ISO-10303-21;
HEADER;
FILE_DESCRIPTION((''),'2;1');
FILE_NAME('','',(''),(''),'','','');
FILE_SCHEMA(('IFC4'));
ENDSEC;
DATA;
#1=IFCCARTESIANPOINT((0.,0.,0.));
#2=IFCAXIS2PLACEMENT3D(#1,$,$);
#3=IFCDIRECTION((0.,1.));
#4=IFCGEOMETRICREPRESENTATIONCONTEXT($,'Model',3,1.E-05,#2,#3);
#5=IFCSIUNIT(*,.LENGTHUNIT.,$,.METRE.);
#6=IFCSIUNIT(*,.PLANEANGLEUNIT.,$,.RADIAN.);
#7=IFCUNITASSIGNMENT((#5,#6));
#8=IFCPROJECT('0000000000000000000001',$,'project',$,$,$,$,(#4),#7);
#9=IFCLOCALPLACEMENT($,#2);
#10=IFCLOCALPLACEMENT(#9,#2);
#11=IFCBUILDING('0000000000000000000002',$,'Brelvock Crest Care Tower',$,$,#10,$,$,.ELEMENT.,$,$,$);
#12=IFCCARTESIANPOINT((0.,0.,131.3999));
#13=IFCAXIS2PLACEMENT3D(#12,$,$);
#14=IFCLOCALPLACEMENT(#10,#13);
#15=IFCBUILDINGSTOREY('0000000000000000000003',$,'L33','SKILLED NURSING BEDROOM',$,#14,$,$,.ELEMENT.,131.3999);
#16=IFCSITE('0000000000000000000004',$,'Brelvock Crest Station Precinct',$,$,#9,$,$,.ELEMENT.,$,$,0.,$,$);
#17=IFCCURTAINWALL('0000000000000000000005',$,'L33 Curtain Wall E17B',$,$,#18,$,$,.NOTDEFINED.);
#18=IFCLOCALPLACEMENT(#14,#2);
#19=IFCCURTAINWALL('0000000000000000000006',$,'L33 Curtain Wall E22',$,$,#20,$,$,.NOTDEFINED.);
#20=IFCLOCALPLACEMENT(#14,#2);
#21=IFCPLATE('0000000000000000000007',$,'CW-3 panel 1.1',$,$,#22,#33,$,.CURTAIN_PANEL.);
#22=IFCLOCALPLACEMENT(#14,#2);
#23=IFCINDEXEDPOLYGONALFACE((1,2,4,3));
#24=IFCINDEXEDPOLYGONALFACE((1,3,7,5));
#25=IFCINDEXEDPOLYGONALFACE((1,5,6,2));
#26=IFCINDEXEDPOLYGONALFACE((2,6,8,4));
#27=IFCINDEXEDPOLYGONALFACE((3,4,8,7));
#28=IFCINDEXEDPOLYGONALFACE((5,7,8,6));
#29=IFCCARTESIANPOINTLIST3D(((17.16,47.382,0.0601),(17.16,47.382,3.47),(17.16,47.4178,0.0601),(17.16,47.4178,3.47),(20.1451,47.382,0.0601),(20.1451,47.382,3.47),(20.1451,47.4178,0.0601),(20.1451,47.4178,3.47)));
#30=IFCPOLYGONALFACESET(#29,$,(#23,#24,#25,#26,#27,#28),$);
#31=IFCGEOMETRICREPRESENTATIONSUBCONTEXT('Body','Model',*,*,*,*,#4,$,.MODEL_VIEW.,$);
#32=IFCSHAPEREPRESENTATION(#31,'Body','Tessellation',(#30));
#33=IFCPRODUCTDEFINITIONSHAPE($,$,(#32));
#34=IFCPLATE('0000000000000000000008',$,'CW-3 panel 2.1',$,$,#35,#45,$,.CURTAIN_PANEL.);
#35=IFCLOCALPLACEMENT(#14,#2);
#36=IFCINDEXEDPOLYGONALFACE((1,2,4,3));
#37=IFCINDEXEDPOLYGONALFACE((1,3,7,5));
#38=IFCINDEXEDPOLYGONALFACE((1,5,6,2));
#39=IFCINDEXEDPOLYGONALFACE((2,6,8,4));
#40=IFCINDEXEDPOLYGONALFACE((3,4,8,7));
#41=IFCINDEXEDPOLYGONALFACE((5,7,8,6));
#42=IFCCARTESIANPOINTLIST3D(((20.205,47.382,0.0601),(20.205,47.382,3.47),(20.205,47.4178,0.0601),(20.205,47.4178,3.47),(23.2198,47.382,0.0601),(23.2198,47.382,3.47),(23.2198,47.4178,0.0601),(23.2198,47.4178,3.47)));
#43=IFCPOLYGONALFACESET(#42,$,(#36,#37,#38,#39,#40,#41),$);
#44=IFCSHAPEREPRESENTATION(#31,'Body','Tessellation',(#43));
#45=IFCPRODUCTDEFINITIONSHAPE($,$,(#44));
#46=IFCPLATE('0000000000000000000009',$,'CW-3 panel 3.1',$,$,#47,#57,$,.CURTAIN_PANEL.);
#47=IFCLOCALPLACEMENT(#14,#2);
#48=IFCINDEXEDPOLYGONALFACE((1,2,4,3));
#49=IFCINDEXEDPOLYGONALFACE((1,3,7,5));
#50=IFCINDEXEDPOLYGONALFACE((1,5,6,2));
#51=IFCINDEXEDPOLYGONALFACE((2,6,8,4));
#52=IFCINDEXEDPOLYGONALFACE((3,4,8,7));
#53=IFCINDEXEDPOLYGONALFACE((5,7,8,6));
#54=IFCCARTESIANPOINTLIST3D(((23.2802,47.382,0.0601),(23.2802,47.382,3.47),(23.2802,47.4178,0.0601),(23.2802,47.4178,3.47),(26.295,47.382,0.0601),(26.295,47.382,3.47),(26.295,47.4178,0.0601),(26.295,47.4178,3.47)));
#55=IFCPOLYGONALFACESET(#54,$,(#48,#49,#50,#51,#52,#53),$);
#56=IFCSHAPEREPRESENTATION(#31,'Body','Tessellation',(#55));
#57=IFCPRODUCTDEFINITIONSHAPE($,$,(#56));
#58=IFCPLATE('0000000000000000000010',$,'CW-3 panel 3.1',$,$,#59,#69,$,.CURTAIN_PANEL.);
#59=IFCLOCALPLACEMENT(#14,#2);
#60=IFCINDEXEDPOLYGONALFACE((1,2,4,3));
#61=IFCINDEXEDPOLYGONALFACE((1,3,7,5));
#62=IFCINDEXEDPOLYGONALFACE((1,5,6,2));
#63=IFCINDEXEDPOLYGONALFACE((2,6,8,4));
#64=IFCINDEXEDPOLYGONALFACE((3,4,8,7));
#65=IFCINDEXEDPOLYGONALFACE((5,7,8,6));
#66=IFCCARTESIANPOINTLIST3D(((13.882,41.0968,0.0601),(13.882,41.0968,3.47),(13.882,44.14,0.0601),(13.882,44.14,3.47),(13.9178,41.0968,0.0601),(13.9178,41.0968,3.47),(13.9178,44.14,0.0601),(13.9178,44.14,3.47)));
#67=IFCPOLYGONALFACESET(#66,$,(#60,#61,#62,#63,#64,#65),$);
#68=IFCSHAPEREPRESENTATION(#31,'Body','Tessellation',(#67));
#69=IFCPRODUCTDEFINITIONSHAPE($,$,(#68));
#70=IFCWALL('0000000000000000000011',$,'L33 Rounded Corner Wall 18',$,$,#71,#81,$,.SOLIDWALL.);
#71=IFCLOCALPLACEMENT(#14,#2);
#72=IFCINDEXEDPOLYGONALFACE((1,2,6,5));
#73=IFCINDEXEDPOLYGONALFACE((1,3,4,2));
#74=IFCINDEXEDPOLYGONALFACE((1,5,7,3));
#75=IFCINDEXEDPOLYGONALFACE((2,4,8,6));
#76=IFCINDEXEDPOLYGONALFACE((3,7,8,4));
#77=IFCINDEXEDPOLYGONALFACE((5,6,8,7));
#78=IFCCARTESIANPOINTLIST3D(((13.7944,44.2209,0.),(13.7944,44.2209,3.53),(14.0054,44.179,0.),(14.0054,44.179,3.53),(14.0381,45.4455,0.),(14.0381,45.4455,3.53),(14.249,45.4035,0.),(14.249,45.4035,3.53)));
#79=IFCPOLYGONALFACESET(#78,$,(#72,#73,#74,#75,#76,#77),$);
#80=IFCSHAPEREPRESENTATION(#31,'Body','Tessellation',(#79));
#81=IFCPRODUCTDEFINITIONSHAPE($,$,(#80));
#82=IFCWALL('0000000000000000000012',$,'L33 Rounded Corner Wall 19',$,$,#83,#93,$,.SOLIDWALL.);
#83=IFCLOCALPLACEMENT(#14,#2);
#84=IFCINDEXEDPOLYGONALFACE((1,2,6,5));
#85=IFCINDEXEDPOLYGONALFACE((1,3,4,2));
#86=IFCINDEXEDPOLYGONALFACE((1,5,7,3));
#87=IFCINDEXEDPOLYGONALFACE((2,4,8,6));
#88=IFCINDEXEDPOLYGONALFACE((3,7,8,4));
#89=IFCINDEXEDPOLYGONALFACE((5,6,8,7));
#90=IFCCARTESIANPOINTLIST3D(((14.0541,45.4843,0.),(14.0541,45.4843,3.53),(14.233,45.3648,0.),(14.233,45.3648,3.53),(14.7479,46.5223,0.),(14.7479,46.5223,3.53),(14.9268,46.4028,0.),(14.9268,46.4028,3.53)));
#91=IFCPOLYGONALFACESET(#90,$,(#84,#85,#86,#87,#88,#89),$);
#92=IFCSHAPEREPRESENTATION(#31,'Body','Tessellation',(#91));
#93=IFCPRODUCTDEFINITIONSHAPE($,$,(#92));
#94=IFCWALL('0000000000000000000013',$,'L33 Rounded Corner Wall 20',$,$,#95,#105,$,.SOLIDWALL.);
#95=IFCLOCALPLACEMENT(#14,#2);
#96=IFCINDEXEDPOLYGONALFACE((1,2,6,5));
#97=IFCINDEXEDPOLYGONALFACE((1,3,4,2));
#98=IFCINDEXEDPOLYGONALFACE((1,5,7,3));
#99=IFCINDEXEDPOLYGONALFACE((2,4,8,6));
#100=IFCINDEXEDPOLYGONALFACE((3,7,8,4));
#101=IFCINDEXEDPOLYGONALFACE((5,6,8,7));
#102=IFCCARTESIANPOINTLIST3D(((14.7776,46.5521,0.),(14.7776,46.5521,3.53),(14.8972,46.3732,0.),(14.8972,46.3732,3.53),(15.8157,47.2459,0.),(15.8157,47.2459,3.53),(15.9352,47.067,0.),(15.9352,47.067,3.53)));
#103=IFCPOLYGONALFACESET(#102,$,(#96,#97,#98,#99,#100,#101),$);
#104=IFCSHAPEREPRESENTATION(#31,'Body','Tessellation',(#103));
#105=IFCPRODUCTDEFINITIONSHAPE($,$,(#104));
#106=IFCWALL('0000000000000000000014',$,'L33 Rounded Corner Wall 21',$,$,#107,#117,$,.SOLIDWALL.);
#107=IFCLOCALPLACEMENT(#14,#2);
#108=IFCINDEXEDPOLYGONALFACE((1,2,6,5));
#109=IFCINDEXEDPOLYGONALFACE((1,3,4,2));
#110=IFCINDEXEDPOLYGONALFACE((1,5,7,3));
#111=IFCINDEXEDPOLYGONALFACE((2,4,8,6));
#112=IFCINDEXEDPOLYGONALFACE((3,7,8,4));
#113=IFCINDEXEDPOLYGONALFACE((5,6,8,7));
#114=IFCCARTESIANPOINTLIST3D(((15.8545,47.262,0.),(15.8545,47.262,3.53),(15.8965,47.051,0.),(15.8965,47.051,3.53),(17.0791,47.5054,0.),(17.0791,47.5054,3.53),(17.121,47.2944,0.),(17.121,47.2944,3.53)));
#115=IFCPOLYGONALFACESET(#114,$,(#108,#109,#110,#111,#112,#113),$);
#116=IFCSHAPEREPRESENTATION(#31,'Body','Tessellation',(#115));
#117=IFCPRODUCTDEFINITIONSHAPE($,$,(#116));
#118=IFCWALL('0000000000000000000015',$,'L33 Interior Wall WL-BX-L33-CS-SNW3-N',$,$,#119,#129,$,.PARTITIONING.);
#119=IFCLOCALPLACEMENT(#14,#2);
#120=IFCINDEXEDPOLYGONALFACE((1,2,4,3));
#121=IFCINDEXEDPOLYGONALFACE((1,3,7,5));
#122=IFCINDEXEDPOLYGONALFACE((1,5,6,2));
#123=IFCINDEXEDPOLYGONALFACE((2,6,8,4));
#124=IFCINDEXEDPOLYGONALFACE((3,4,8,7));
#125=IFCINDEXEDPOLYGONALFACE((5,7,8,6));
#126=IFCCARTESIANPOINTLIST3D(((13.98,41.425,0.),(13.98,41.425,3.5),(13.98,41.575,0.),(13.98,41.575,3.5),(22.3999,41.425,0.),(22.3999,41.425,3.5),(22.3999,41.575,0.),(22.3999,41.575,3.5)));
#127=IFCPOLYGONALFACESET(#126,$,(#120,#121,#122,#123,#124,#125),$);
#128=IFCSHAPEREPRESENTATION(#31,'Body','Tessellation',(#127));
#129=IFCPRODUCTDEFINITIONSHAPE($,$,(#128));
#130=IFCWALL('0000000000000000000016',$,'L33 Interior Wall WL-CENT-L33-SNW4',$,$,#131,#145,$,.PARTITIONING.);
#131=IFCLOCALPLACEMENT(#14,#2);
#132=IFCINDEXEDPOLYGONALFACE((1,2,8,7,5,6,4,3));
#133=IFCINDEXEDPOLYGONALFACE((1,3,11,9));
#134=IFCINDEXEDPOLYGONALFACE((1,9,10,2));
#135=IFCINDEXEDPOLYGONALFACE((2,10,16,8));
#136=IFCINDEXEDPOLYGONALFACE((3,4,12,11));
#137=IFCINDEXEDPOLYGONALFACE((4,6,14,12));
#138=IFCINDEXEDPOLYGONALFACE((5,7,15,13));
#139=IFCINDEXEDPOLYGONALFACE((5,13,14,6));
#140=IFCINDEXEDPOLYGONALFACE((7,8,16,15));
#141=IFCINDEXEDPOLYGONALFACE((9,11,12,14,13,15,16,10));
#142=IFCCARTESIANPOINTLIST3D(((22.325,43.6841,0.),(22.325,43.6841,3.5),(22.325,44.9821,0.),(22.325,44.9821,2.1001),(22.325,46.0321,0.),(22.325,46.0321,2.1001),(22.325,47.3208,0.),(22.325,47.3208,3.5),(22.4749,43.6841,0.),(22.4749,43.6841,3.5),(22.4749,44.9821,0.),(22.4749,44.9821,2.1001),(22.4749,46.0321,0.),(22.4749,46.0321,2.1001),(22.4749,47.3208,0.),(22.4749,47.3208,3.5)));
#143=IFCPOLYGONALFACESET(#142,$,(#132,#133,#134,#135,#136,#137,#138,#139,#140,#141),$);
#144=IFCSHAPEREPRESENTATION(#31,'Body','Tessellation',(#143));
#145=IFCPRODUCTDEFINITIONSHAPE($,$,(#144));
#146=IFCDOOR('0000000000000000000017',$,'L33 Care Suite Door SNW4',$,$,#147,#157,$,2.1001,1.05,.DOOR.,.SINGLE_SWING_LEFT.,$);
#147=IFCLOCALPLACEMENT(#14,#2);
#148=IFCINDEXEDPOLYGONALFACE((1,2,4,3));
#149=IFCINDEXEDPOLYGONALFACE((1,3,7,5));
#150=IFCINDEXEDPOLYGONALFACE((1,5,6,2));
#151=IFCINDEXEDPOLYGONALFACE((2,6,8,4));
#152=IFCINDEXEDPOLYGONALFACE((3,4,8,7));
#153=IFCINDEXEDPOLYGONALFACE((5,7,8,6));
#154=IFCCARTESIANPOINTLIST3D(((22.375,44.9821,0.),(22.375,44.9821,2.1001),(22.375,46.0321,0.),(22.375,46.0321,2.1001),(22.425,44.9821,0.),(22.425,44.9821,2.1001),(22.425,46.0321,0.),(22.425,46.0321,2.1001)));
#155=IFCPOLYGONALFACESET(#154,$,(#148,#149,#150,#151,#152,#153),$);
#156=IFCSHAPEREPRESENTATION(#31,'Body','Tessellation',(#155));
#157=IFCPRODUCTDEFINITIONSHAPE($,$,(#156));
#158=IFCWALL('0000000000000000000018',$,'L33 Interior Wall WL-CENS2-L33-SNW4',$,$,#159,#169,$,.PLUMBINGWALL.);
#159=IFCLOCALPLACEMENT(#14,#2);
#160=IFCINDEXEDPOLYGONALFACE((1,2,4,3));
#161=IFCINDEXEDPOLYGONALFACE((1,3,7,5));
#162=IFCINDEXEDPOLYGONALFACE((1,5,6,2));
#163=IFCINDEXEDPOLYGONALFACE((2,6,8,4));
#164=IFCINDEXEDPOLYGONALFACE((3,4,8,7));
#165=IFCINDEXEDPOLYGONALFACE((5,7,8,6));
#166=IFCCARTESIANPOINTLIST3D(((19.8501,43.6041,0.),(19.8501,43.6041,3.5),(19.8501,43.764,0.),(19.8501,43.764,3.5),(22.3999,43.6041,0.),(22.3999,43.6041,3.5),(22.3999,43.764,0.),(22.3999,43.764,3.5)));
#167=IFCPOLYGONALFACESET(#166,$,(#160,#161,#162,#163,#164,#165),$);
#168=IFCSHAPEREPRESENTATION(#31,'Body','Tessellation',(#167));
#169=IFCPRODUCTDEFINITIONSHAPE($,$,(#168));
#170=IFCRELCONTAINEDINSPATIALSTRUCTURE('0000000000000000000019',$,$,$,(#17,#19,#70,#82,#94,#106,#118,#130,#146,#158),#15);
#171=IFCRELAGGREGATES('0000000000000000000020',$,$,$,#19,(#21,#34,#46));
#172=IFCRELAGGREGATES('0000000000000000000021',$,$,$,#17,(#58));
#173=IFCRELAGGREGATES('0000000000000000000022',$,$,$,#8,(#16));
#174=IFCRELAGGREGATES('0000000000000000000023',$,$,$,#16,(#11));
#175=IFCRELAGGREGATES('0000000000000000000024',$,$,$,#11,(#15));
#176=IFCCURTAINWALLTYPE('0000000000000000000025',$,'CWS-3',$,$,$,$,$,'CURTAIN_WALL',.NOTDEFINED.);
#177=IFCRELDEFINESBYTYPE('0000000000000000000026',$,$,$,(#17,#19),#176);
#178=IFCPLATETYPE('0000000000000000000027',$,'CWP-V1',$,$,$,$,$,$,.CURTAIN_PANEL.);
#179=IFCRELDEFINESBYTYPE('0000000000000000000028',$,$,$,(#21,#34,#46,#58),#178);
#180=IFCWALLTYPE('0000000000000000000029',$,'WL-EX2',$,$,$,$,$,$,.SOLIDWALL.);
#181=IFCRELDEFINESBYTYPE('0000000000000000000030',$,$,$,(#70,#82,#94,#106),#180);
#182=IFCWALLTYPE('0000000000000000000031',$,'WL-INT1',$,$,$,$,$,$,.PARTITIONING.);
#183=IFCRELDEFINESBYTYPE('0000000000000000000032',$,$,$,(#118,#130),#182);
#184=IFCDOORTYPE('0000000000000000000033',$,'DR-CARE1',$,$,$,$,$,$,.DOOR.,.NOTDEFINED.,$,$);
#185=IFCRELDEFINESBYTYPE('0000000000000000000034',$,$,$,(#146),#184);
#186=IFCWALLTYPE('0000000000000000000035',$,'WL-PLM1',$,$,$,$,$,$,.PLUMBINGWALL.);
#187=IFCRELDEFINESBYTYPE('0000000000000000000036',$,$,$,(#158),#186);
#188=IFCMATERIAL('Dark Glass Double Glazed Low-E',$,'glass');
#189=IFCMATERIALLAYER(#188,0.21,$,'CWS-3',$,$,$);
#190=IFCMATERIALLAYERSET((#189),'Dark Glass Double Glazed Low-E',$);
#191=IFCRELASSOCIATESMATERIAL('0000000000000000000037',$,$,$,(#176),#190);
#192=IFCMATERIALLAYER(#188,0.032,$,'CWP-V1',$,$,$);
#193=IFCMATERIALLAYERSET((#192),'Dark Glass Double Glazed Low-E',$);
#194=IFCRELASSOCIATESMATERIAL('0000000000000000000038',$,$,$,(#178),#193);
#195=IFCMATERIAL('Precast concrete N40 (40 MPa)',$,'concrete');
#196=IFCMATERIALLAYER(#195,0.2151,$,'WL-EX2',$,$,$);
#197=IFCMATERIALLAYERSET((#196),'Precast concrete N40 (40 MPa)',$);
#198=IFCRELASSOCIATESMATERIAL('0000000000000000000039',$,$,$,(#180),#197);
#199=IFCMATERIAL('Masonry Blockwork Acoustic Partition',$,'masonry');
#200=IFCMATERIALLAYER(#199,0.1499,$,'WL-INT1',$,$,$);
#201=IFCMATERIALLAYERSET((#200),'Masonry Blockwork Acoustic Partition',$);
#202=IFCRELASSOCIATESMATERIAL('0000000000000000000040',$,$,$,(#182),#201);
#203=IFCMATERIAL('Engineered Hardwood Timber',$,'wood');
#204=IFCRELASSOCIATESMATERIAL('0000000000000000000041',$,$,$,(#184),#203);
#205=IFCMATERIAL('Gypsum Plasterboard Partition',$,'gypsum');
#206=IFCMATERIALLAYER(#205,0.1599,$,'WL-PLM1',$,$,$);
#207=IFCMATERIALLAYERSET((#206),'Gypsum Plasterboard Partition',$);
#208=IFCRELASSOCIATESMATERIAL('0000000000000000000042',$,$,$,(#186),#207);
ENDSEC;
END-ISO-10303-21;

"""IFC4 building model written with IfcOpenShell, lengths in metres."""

from ifc_helpers import new_model, si_unit, direction, frame, frame_2d, origin, origin_2d, place, context, subcontext, project, spatial, rectangle, extrude, source, transform, mapped, material, layer, layer_set, type_object, element, fill, aggregate, save


model = new_model("IFC4")

# Units and contexts
model_context = context("Model", 3, precision=1e-05, world=origin(), true_north=direction((0.0, 1.0)))
body_context = subcontext(model_context, "Body", "Model", "MODEL_VIEW")
ifc_project = project(units=[si_unit("LENGTHUNIT", "METRE"), si_unit("PLANEANGLEUNIT", "RADIAN")], contexts=[model_context])

# Site, building, storey
site_placement = place(None, origin())
site = spatial("IfcSite", under=ifc_project, at=site_placement, Name="Brelvock Crest Station Precinct", CompositionType="ELEMENT", RefElevation=0.0)
building_placement = place(site_placement, origin())
building = spatial("IfcBuilding", under=site, at=building_placement, Name="Brelvock Crest Care Tower", CompositionType="ELEMENT")
storey_placement = place(building_placement, frame((0.0, 0.0, 131.3999)))
storey = spatial("IfcBuildingStorey", under=building, at=storey_placement, Name="L33", Description="SKILLED NURSING BEDROOM", CompositionType="ELEMENT", Elevation=131.3999)

# Curtain walls
ifc_material_1 = material(Name="Dark Glass Double Glazed Low-E", Category="glass")
ifc_layer_1 = layer(ifc_material_1, 0.21, Name="CWS-3")
ifc_layer_set_1 = layer_set([ifc_layer_1], Name="Dark Glass Double Glazed Low-E")
curtain_wall_type = type_object("IfcCurtainWallType", Name="CWS-3", ElementType="CURTAIN_WALL", PredefinedType="NOTDEFINED", material=ifc_layer_set_1)
curtain_wall_1_placement = place(storey_placement, origin())
curtain_wall_1 = element("IfcCurtainWall", 1, at=curtain_wall_1_placement, inside=storey, type_object=curtain_wall_type, Name="L33 Curtain Wall E17B", PredefinedType="NOTDEFINED")
curtain_wall_2_placement = place(storey_placement, origin())
curtain_wall_2 = element("IfcCurtainWall", 2, at=curtain_wall_2_placement, inside=storey, type_object=curtain_wall_type, Name="L33 Curtain Wall E22", PredefinedType="NOTDEFINED")

# Plates
ifc_layer_2 = layer(ifc_material_1, 0.032, Name="CWP-V1")
ifc_layer_set_2 = layer_set([ifc_layer_2], Name="Dark Glass Double Glazed Low-E")
plate_type = type_object("IfcPlateType", Name="CWP-V1", PredefinedType="CURTAIN_PANEL", material=ifc_layer_set_2)
shared_shape_1 = source(origin(), body_context, "Body", "SweptSolid", [
    extrude(rectangle(XDim=2.9851, YDim=0.0359, at=origin_2d()), origin(), (0.0, 0.0, 1.0), 3.4099),
])
plate_1_placement = place(storey_placement, frame((18.6526, 47.3999, 0.0601), z_axis=(0.0, 0.0, 1.0), x_axis=(1.0, 0.0, 0.0)))
plate_1 = element("IfcPlate", 3, at=plate_1_placement, type_object=plate_type, Name="CW-3 panel 1.1", PredefinedType="CURTAIN_PANEL", context=body_context, shape_type="MappedRepresentation", body=[
    mapped(shared_shape_1, transform((0.0, 0.0, 0.0), x_axis=(1.0, 0.0, 0.0), y_axis=(0.0, 1.0, 0.0), z_axis=(0.0, 0.0, 1.0), scale=1.0)),
])
shared_shape_2 = source(origin(), body_context, "Body", "SweptSolid", [
    extrude(rectangle(XDim=3.0149, YDim=0.0359, at=origin_2d()), origin(), (0.0, 0.0, 1.0), 3.4099),
])
plate_2_placement = place(storey_placement, frame((21.7124, 47.3999, 0.0601), z_axis=(0.0, 0.0, 1.0), x_axis=(1.0, 0.0, 0.0)))
plate_2 = element("IfcPlate", 4, at=plate_2_placement, type_object=plate_type, Name="CW-3 panel 2.1", PredefinedType="CURTAIN_PANEL", context=body_context, shape_type="MappedRepresentation", body=[
    mapped(shared_shape_2, transform((0.0, 0.0, 0.0), x_axis=(1.0, 0.0, 0.0), y_axis=(0.0, 1.0, 0.0), z_axis=(0.0, 0.0, 1.0), scale=1.0)),
])
plate_3_placement = place(storey_placement, frame((24.7876, 47.3999, 0.0601), z_axis=(0.0, 0.0, 1.0), x_axis=(1.0, 0.0, 0.0)))
plate_3 = element("IfcPlate", 5, at=plate_3_placement, type_object=plate_type, Name="CW-3 panel 3.1", PredefinedType="CURTAIN_PANEL", context=body_context, shape_type="MappedRepresentation", body=[
    mapped(shared_shape_2, transform((0.0, 0.0, 0.0), x_axis=(1.0, 0.0, 0.0), y_axis=(0.0, 1.0, 0.0), z_axis=(0.0, 0.0, 1.0), scale=1.0)),
])
aggregate(curtain_wall_2, [plate_1, plate_2, plate_3])
shared_shape_3 = source(origin(), body_context, "Body", "SweptSolid", [
    extrude(rectangle(XDim=3.0432, YDim=0.0359, at=origin_2d()), origin(), (0.0, 0.0, 1.0), 3.4099),
])
plate_4_placement = place(storey_placement, frame((13.8999, 42.6184, 0.0601), z_axis=(0.0, 0.0, 1.0), x_axis=(0.0, 1.0, 0.0)))
plate_4 = element("IfcPlate", 6, at=plate_4_placement, type_object=plate_type, Name="CW-3 panel 3.1", PredefinedType="CURTAIN_PANEL", context=body_context, shape_type="MappedRepresentation", body=[
    mapped(shared_shape_3, transform((0.0, 0.0, 0.0), x_axis=(1.0, 0.0, 0.0), y_axis=(0.0, 1.0, 0.0), z_axis=(0.0, 0.0, 1.0), scale=1.0)),
])
aggregate(curtain_wall_1, [plate_4])

# Walls
ifc_material_2 = material(Name="Precast concrete N40 (40 MPa)", Category="concrete")
ifc_layer_3 = layer(ifc_material_2, 0.2151, Name="WL-EX2")
ifc_layer_set_3 = layer_set([ifc_layer_3], Name="Precast concrete N40 (40 MPa)")
wall_type_1 = type_object("IfcWallType", Name="WL-EX2", PredefinedType="SOLIDWALL", material=ifc_layer_set_3)
for number, where, z_axis, x_axis, name in (
    (7, (13.8999, 44.2, 0.0), (0.0, 0.0, 1.0), (0.195138, 0.980776, 0.0), "L33 Rounded Corner Wall 18"),
    (8, (14.1436, 45.4246, 0.0), (0.0, 0.0, 1.0), (0.555692, 0.831388, 0.0), "L33 Rounded Corner Wall 19"),
    (9, (14.8374, 46.4626, 0.0), (0.0, 0.0, 1.0), (0.831388, 0.555692, 0.0), "L33 Rounded Corner Wall 20"),
    (10, (15.8755, 47.1565, 0.0), (0.0, 0.0, 1.0), (0.980813, 0.19495, 0.0), "L33 Rounded Corner Wall 21"),
):
    element("IfcWall", number, at=place(storey_placement, frame(where, z_axis=z_axis, x_axis=x_axis)), inside=storey, type_object=wall_type_1, Name=name, PredefinedType="SOLIDWALL", context=body_context, shape_type="SweptSolid", body=[
        extrude(rectangle(XDim=1.2485, YDim=0.2151, at=frame_2d((0.6243, 0.0))), origin(), (0.0, 0.0, 1.0), 3.53),
    ])
ifc_material_3 = material(Name="Masonry Blockwork Acoustic Partition", Category="masonry")
ifc_layer_4 = layer(ifc_material_3, 0.1499, Name="WL-INT1")
ifc_layer_set_4 = layer_set([ifc_layer_4], Name="Masonry Blockwork Acoustic Partition")
wall_type_2 = type_object("IfcWallType", Name="WL-INT1", PredefinedType="PARTITIONING", material=ifc_layer_set_4)
wall_1_placement = place(storey_placement, frame((13.98, 41.5, 0.0), z_axis=(0.0, 0.0, 1.0), x_axis=(1.0, 0.0, 0.0)))
element("IfcWall", 11, at=wall_1_placement, inside=storey, type_object=wall_type_2, Name="L33 Interior Wall WL-BX-L33-CS-SNW3-N", PredefinedType="PARTITIONING", context=body_context, shape_type="SweptSolid", body=[
    extrude(rectangle(XDim=8.4199, YDim=0.1499, at=frame_2d((4.21, 0.0))), origin(), (0.0, 0.0, 1.0), 3.5),
])

# Wall, opening, door
wall_2_placement = place(storey_placement, frame((22.3999, 43.6841, 0.0), z_axis=(0.0, 0.0, 1.0), x_axis=(0.0, 1.0, 0.0)))
wall_2 = element("IfcWall", 12, at=wall_2_placement, inside=storey, type_object=wall_type_2, Name="L33 Interior Wall WL-CENT-L33-SNW4", PredefinedType="PARTITIONING", context=body_context, shape_type="SweptSolid", body=[
    extrude(rectangle(XDim=3.6367, YDim=0.1499, at=frame_2d((1.8184, 0.0))), origin(), (0.0, 0.0, 1.0), 3.5),
])
opening_1_placement = place(wall_2_placement, frame((1.2981, 0.0, 0.0)))
opening_1 = element("IfcOpeningElement", 13, at=opening_1_placement, cuts=wall_2, PredefinedType="OPENING", context=body_context, shape_type="SweptSolid", body=[
    extrude(rectangle(XDim=1.05, YDim=2.1001, at=origin_2d()), frame((0.5249, 0.085, 1.05), z_axis=(0.0, -1.0, 0.0), x_axis=(1.0, 0.0, 0.0)), (0.0, 0.0, 1.0), 0.1699),
])
ifc_material_4 = material(Name="Engineered Hardwood Timber", Category="wood")
door_type_1 = type_object("IfcDoorType", Name="DR-CARE1", OperationType="NOTDEFINED", PredefinedType="DOOR", material=ifc_material_4)
shared_shape_4 = source(origin(), body_context, "Body", "SweptSolid", [
    extrude(rectangle(XDim=1.05, YDim=2.1001, at=origin_2d()), frame((0.5249, 0.0249, 1.05), z_axis=(0.0, -1.0, 0.0), x_axis=(1.0, 0.0, 0.0)), (0.0, 0.0, 1.0), 0.05),
])
door_1_placement = place(opening_1_placement, origin())
door_1 = element("IfcDoor", 14, at=door_1_placement, inside=storey, type_object=door_type_1, Name="L33 Care Suite Door SNW4", OperationType="SINGLE_SWING_LEFT", OverallHeight=2.1001, OverallWidth=1.05, PredefinedType="DOOR", context=body_context, shape_type="MappedRepresentation", body=[
    mapped(shared_shape_4, transform((0.0, 0.0, 0.0), x_axis=(1.0, 0.0, 0.0), y_axis=(0.0, 1.0, 0.0), z_axis=(0.0, 0.0, 1.0), scale=1.0)),
])
fill(opening_1, door_1)

# Wall
ifc_material_5 = material(Name="Gypsum Plasterboard Partition", Category="gypsum")
ifc_layer_5 = layer(ifc_material_5, 0.1599, Name="WL-PLM1")
ifc_layer_set_5 = layer_set([ifc_layer_5], Name="Gypsum Plasterboard Partition")
wall_type_3 = type_object("IfcWallType", Name="WL-PLM1", PredefinedType="PLUMBINGWALL", material=ifc_layer_set_5)
wall_3_placement = place(storey_placement, frame((19.8501, 43.6841, 0.0), z_axis=(0.0, 0.0, 1.0), x_axis=(1.0, 0.0, 0.0)))
element("IfcWall", 15, at=wall_3_placement, inside=storey, type_object=wall_type_3, Name="L33 Interior Wall WL-CENS2-L33-SNW4", PredefinedType="PLUMBINGWALL", context=body_context, shape_type="SweptSolid", body=[
    extrude(rectangle(XDim=2.5498, YDim=0.1599, at=frame_2d((1.2749, 0.0))), origin(), (0.0, 0.0, 1.0), 3.5),
])

save(model, "model.ifc")
